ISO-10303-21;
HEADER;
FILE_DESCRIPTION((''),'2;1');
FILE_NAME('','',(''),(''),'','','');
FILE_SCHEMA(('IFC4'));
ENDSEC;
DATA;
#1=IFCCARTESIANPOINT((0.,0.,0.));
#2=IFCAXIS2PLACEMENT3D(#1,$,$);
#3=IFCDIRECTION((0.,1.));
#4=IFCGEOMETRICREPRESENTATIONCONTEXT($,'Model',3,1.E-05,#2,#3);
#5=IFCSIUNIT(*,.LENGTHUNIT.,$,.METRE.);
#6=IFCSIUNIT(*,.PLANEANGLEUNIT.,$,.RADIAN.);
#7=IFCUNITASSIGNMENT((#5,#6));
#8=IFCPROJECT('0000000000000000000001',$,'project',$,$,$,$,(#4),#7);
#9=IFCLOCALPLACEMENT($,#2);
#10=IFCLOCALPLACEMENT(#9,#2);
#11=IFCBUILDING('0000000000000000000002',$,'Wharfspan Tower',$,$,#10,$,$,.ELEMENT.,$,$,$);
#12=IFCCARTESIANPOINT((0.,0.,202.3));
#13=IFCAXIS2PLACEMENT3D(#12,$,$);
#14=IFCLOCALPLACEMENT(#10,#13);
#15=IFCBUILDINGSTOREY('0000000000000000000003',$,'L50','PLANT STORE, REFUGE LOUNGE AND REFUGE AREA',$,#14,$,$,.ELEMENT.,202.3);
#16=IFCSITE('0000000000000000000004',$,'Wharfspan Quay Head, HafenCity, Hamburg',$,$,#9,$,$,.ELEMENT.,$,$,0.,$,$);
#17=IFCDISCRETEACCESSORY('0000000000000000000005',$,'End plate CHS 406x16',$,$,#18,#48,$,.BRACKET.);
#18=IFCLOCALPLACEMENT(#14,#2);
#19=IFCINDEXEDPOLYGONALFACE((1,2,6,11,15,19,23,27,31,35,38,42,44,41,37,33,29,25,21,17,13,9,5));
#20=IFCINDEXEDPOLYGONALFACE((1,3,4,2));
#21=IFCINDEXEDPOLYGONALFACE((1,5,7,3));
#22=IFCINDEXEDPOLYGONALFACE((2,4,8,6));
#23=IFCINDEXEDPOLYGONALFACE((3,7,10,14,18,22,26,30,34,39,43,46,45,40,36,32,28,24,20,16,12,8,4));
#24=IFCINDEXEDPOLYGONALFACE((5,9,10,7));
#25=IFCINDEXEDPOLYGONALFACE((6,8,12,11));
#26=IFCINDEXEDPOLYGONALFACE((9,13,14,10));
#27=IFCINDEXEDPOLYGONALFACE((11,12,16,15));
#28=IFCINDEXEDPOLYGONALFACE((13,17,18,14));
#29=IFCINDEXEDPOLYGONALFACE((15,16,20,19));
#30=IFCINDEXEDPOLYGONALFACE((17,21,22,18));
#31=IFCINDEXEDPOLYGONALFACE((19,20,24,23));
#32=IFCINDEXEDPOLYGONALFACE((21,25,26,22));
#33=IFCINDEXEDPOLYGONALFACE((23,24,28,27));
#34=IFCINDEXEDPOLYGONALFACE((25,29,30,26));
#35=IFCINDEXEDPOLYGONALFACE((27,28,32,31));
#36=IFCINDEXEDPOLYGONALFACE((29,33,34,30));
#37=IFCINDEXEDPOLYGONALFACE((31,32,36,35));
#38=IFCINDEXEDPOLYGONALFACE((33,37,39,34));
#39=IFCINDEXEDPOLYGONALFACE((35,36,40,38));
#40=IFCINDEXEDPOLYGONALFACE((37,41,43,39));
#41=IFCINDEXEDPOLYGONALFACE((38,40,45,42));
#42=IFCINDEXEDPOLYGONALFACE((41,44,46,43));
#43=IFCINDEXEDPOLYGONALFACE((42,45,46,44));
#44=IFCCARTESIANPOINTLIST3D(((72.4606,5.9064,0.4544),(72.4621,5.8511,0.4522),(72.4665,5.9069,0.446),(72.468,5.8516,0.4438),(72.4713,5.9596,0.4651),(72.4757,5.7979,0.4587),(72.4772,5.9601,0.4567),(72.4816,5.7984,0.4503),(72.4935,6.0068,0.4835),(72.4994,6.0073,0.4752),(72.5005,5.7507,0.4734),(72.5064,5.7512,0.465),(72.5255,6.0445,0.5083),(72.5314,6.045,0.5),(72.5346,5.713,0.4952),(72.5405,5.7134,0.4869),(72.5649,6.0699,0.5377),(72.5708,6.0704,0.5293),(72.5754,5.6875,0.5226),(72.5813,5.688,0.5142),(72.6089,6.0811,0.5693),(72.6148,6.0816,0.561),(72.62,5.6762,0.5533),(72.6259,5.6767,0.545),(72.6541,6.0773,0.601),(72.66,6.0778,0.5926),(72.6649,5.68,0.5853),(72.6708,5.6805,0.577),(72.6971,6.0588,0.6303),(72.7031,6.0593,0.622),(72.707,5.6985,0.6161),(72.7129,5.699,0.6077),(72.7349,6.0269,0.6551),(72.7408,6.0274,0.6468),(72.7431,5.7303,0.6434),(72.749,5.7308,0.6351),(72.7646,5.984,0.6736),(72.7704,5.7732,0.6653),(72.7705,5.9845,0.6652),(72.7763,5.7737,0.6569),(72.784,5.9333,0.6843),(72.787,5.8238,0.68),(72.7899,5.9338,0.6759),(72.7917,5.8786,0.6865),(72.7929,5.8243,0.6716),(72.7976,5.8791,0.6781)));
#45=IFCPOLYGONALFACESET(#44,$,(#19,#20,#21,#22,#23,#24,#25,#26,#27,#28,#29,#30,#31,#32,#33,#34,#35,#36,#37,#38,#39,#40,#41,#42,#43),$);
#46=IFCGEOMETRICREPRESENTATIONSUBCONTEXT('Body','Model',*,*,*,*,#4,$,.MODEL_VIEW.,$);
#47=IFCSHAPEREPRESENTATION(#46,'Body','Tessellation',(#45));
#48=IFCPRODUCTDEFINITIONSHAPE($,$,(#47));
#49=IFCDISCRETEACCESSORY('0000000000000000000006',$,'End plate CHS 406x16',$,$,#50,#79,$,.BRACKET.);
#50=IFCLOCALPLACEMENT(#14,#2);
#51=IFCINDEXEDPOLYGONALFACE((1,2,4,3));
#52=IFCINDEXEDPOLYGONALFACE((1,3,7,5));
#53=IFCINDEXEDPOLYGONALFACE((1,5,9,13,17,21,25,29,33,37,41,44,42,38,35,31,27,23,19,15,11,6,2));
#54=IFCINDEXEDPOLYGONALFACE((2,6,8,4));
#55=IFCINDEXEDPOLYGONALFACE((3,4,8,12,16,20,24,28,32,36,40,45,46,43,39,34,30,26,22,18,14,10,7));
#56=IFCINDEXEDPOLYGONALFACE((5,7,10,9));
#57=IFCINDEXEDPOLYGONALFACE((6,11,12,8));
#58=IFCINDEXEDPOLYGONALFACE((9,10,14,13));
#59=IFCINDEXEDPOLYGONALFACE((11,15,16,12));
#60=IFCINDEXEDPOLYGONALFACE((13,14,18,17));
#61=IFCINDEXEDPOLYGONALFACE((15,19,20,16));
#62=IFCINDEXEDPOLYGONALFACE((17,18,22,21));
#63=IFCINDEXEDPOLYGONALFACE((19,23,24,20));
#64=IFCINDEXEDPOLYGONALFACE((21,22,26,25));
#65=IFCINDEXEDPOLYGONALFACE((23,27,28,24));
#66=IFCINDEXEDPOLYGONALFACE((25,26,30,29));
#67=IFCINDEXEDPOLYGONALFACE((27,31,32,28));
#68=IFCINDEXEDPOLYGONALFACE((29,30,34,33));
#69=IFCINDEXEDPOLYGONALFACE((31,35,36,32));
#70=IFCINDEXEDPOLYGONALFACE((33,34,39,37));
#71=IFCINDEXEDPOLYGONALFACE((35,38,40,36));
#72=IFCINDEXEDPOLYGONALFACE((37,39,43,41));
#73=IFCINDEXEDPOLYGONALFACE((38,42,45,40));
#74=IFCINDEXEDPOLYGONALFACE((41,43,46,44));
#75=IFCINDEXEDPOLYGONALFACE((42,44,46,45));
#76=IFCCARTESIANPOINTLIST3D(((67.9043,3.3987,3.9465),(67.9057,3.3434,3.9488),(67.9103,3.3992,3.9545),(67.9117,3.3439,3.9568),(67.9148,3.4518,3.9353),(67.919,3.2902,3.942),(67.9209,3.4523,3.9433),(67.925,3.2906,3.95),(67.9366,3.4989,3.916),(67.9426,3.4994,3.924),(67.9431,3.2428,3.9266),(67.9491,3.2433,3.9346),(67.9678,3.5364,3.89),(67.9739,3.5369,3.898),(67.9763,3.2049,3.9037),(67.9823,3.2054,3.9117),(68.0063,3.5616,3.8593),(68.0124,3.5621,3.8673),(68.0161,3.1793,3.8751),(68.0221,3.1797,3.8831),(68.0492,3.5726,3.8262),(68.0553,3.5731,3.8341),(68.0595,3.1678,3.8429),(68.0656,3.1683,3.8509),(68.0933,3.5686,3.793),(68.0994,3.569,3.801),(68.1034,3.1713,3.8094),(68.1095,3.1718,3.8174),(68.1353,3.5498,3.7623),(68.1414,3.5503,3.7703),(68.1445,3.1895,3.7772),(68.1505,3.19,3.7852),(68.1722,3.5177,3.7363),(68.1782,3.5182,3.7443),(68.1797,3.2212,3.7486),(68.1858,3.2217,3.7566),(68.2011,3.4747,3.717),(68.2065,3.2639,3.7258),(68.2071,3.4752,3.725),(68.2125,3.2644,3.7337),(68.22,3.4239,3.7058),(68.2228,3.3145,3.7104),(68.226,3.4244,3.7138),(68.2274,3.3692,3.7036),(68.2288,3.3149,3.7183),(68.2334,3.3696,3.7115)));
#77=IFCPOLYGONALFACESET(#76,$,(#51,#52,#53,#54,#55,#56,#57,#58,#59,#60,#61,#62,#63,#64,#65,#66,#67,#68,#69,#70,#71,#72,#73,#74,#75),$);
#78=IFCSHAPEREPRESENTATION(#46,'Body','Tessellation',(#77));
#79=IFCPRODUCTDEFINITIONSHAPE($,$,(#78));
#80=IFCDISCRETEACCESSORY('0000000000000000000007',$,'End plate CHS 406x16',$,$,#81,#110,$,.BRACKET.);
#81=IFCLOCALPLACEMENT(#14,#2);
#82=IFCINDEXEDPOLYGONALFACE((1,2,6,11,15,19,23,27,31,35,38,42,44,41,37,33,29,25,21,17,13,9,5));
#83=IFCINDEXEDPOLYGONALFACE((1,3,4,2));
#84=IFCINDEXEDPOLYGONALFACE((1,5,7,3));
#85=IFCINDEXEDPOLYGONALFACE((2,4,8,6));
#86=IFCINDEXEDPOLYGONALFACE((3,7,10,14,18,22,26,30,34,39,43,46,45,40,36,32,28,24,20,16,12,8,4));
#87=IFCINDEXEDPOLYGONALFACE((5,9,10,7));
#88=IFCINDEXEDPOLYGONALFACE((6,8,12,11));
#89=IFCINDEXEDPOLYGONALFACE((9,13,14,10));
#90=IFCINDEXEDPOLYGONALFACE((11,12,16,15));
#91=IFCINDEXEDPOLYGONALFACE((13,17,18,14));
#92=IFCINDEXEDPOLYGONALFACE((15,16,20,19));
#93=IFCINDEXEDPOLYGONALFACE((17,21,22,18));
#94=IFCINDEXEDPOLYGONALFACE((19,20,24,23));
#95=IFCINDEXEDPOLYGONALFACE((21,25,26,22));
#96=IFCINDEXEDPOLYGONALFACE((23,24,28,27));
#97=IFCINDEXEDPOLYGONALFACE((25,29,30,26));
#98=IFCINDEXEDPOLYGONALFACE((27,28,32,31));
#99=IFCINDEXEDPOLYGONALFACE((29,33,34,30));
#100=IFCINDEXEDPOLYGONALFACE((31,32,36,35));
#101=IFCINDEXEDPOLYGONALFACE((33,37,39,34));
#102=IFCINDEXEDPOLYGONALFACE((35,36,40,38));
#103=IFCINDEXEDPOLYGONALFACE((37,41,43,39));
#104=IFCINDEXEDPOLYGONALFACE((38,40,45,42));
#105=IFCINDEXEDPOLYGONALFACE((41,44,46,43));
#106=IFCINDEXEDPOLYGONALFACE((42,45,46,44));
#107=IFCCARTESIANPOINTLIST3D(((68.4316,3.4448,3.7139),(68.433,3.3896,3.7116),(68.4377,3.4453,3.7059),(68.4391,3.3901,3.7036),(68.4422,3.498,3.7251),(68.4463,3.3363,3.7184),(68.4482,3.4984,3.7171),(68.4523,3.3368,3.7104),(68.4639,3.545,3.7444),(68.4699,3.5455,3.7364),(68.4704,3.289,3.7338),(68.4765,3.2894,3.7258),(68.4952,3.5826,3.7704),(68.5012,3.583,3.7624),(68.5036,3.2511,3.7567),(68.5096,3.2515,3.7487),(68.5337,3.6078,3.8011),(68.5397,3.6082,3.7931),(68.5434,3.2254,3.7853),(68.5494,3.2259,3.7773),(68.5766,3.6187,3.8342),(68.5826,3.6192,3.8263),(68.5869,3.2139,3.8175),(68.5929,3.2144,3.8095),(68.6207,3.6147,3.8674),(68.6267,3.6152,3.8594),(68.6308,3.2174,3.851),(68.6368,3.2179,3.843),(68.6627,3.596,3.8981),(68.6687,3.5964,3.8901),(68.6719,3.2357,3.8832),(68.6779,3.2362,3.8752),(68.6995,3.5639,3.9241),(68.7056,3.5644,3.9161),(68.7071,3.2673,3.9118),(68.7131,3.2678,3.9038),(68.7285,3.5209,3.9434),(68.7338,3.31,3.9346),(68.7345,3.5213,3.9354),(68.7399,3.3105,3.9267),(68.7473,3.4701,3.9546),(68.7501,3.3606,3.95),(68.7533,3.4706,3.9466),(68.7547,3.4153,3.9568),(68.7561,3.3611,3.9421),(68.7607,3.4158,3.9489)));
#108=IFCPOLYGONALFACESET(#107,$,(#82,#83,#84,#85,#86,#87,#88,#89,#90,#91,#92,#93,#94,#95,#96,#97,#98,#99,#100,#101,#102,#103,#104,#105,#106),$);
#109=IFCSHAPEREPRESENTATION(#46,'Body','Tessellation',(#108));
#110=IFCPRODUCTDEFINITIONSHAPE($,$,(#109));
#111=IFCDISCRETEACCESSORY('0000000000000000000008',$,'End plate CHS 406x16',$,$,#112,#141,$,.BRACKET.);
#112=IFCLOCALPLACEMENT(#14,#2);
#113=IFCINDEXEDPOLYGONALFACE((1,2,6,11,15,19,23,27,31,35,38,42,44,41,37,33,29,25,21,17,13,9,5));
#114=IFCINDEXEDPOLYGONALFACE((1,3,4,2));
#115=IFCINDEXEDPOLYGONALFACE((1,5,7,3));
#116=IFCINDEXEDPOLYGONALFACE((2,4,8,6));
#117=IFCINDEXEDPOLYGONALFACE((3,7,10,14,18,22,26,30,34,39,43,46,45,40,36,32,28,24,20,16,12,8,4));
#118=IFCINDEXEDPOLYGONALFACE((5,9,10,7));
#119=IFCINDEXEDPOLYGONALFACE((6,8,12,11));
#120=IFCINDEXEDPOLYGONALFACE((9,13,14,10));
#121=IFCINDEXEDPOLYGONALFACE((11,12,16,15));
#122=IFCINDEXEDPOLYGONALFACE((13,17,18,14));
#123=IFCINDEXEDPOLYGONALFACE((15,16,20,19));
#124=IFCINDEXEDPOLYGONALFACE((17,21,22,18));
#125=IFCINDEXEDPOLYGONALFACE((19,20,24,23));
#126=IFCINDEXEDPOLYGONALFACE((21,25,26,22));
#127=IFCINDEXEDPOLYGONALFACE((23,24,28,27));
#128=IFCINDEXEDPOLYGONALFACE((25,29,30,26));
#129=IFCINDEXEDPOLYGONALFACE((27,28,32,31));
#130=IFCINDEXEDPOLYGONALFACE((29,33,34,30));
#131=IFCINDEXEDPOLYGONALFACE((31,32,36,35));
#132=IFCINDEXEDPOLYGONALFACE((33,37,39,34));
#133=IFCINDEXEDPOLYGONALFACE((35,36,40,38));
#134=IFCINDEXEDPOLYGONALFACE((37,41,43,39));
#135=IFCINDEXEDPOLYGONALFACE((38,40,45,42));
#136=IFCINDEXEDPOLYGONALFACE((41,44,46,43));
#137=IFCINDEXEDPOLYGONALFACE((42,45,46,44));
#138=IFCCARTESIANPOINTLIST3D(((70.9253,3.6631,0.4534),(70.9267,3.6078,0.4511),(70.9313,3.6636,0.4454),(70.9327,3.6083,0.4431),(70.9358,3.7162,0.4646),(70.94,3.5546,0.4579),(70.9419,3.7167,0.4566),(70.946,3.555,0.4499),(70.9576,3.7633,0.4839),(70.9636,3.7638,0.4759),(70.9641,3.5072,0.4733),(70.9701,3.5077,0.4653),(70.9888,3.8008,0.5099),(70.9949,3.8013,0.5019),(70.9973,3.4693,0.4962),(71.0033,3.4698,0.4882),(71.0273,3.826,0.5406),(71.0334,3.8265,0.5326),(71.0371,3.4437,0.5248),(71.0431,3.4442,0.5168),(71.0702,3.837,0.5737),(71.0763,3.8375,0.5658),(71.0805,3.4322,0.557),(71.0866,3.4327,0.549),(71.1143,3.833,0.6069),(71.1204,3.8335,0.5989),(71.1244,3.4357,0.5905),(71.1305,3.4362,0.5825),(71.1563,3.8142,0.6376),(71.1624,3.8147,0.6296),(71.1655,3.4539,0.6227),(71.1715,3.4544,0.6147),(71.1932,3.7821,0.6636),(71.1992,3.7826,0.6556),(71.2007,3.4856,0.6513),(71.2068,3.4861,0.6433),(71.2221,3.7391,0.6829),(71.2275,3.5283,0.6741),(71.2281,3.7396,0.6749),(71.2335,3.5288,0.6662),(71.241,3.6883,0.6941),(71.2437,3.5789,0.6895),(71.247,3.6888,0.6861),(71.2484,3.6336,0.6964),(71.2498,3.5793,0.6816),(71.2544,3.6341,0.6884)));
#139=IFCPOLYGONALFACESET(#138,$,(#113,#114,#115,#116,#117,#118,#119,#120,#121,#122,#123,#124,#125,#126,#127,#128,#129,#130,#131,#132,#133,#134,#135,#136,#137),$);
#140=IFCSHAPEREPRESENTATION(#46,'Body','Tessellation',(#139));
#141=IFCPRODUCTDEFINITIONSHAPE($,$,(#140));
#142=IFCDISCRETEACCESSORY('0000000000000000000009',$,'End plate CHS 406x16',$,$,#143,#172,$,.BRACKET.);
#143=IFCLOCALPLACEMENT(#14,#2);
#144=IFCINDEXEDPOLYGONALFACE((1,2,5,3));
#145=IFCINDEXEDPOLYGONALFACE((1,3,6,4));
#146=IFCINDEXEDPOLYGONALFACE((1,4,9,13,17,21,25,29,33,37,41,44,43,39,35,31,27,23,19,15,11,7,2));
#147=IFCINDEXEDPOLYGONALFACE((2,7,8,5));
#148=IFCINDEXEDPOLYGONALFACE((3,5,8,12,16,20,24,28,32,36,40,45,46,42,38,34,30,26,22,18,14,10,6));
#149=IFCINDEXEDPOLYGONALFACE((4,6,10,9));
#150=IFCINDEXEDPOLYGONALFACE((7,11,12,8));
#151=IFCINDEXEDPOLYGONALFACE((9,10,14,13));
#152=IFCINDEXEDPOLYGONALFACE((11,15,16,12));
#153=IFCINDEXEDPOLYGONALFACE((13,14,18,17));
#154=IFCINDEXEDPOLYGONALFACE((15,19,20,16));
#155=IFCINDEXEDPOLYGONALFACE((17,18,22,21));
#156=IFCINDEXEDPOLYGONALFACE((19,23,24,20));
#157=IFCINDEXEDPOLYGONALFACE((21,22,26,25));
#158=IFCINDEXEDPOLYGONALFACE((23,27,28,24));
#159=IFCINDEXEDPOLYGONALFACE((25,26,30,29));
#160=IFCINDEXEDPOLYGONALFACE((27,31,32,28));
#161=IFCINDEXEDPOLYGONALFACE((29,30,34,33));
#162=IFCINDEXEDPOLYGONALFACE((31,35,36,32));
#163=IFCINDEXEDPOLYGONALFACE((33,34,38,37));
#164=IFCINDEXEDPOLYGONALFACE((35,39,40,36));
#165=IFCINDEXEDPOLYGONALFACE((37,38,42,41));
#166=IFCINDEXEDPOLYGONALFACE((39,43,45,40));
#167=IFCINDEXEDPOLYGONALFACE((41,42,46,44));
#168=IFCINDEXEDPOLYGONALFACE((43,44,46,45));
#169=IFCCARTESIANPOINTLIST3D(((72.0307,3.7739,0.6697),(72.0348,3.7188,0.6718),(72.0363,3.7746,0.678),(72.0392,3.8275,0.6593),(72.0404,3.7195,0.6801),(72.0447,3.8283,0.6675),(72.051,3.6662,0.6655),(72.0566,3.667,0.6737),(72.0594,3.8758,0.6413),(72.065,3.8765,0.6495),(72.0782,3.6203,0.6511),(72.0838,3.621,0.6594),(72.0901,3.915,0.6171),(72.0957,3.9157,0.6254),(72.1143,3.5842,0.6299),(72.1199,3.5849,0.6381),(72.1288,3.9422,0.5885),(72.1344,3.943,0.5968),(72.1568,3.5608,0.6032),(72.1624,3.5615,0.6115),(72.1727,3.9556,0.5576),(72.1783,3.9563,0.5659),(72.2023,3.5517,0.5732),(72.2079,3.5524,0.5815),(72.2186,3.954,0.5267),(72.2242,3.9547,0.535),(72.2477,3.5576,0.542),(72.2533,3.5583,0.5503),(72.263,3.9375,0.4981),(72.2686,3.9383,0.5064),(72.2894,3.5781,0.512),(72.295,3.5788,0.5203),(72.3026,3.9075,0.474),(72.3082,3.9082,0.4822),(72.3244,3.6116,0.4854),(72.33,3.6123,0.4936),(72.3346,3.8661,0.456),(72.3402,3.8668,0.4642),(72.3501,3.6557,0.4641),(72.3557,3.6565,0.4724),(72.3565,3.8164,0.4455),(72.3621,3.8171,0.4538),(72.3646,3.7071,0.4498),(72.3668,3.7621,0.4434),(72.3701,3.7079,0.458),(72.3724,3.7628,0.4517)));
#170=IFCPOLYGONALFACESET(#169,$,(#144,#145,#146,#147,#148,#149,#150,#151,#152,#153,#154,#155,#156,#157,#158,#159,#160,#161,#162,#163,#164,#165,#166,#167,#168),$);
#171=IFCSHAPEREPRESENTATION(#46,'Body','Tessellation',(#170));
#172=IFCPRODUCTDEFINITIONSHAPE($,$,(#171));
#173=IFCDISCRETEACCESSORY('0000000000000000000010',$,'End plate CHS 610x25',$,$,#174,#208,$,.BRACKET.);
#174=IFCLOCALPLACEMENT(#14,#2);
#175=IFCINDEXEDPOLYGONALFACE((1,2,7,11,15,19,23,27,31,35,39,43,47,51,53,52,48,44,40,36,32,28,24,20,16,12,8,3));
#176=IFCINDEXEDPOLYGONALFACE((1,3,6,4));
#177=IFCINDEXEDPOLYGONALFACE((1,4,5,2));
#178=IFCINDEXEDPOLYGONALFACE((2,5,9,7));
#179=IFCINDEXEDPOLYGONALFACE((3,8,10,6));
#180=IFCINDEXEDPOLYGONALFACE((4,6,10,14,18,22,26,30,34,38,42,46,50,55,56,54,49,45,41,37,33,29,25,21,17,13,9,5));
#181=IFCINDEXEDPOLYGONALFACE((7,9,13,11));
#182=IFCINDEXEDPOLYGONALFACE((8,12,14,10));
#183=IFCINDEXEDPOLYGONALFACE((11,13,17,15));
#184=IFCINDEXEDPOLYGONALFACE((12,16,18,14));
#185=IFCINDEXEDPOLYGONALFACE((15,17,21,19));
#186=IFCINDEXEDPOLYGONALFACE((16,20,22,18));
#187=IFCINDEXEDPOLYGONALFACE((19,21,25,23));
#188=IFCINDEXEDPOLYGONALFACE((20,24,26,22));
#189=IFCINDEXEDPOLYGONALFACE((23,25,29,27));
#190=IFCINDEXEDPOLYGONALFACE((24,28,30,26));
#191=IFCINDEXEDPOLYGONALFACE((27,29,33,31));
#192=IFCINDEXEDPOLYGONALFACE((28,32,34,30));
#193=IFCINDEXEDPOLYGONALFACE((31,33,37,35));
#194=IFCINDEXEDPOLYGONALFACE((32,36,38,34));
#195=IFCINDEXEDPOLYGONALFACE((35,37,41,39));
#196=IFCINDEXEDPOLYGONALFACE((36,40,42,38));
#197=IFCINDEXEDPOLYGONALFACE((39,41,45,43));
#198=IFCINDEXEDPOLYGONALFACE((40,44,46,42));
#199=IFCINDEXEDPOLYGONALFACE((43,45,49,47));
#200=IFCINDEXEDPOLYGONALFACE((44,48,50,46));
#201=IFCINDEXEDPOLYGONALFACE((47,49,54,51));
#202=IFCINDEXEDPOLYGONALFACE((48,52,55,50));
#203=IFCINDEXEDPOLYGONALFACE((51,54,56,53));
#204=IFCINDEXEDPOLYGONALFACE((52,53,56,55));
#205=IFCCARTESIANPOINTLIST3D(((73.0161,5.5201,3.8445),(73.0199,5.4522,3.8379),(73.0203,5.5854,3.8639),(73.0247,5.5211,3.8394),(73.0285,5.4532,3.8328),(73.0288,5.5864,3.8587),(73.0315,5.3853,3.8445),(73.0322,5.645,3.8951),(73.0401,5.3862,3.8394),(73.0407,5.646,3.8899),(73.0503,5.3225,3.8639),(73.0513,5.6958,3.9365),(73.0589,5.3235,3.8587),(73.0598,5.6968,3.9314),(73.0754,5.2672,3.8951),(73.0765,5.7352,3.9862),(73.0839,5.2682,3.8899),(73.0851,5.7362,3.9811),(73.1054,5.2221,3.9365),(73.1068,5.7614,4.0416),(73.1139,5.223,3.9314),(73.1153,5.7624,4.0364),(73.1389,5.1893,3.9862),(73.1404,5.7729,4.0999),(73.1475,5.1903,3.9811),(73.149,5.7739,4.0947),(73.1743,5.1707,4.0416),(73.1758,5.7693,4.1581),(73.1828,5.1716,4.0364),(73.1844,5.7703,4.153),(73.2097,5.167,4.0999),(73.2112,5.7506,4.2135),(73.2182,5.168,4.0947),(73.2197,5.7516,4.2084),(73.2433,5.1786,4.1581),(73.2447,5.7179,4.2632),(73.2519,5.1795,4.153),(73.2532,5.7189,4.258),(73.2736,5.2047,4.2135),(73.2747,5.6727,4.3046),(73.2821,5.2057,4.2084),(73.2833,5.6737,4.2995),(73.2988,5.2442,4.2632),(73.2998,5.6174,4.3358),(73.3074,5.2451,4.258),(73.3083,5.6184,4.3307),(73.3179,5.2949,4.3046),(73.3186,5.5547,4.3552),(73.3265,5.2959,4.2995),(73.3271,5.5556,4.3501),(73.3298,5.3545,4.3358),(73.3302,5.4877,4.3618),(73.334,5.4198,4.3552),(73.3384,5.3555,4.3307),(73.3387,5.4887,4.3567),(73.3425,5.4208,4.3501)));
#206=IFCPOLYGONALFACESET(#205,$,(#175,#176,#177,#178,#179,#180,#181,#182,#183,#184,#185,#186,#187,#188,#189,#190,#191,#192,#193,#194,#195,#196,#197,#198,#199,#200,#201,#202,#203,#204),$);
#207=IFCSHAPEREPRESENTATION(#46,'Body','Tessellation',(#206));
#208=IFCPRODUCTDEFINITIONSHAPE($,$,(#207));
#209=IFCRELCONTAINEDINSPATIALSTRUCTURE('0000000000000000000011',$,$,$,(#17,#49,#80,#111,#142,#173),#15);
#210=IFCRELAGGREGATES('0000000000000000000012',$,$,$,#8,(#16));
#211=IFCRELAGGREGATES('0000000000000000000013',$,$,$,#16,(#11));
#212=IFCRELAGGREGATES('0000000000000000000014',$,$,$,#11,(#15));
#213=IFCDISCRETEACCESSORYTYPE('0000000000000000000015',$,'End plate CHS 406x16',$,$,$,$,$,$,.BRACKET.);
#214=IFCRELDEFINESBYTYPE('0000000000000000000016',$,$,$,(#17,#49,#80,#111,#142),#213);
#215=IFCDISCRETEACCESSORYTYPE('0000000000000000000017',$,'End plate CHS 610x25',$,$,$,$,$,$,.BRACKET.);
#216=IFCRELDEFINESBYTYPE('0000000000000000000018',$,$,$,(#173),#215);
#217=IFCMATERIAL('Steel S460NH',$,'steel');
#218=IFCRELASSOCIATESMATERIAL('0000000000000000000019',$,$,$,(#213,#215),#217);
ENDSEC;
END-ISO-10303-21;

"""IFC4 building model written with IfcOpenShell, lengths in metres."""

from ifc_helpers import new_model, si_unit, direction, frame, origin, origin_2d, place, context, subcontext, project, spatial, circle, extrude, material, material_profile, profile_set, type_object, element, save


model = new_model("IFC4")

# Units and contexts
model_context = context("Model", 3, precision=1e-05, world=origin(), true_north=direction((0.0, 1.0)))
body_context = subcontext(model_context, "Body", "Model", "MODEL_VIEW")
ifc_project = project(units=[si_unit("LENGTHUNIT", "METRE"), si_unit("PLANEANGLEUNIT", "RADIAN")], contexts=[model_context])

# Site, building, storey
site_placement = place(None, origin())
site = spatial("IfcSite", under=ifc_project, at=site_placement, Name="Wharfspan Quay Head, HafenCity, Hamburg", CompositionType="ELEMENT", RefElevation=0.0)
building_placement = place(site_placement, origin())
building = spatial("IfcBuilding", under=site, at=building_placement, Name="Wharfspan Tower", CompositionType="ELEMENT")
storey_placement = place(building_placement, frame((0.0, 0.0, 202.3)))
storey = spatial("IfcBuildingStorey", under=building, at=storey_placement, Name="L50", Description="PLANT STORE, REFUGE LOUNGE AND REFUGE AREA", CompositionType="ELEMENT", Elevation=202.3)

# Shared definitions
ifc_material_1 = material(Name="Steel S460NH", Category="steel")

# Discrete accessories
ifc_material_profile_1 = material_profile(ifc_material_1, circle(Radius=0.2031, at=origin_2d()))
ifc_profile_set_1 = profile_set([ifc_material_profile_1], Name="Steel S460NH")
discrete_accessory_type_1 = type_object("IfcDiscreteAccessoryType", Name="End plate CHS 406x16", PredefinedType="BRACKET", material=ifc_profile_set_1)
for number, where, z_axis, x_axis, name in (
    (1, (72.6257, 5.8787, 0.5693), (0.576018, 0.048002, -0.816026), (-0.083046, 0.996542, 0.0), "End plate CHS 406x16"),
):
    element("IfcDiscreteAccessory", number, at=place(storey_placement, frame(where, z_axis=z_axis, x_axis=x_axis)), inside=storey, type_object=discrete_accessory_type_1, Name=name, PredefinedType="BRACKET", context=body_context, shape_type="SweptSolid", body=[
        extrude(circle(Radius=0.2031, at=origin_2d()), origin(), (0.0, 0.0, 1.0), 0.0103),
    ])
for number, where, z_axis, x_axis, name in (
    (2, (68.0654, 3.3701, 3.8262), (0.603154, 0.048252, 0.796164), (-0.079745, 0.996819, 0.0), "End plate CHS 406x16"),
    (3, (68.5928, 3.4163, 3.8342), (0.603154, 0.048252, -0.796164), (-0.079745, 0.996819, 0.0), "End plate CHS 406x16"),
    (4, (71.0864, 3.6345, 0.5737), (0.603154, 0.048252, -0.796164), (-0.079745, 0.996819, 0.0), "End plate CHS 406x16"),
    (5, (72.199, 3.7542, 0.5576), (0.558819, 0.072889, 0.82608), (-0.129337, 0.991601, -0.000001), "End plate CHS 406x16"),
):
    element("IfcDiscreteAccessory", number, at=place(storey_placement, frame(where, z_axis=z_axis, x_axis=x_axis)), inside=storey, type_object=discrete_accessory_type_1, Name=name, PredefinedType="BRACKET", context=body_context, shape_type="SweptSolid", body=[
        extrude(circle(Radius=0.2031, at=origin_2d()), origin(), (0.0, 0.0, 1.0), 0.01),
    ])
ifc_material_profile_2 = material_profile(ifc_material_1, circle(Radius=0.3049, at=origin_2d()))
ifc_profile_set_2 = profile_set([ifc_material_profile_2], Name="Steel S460NH")
discrete_accessory_type_2 = type_object("IfcDiscreteAccessoryType", Name="End plate CHS 610x25", PredefinedType="BRACKET", material=ifc_profile_set_2)
for number, where, z_axis, x_axis, name in (
    (6, (73.1836, 5.4709, 4.0947), (-0.853405, -0.097532, 0.512043), (0.113547, -0.993531, 0.000001), "End plate CHS 610x25"),
):
    element("IfcDiscreteAccessory", number, at=place(storey_placement, frame(where, z_axis=z_axis, x_axis=x_axis)), inside=storey, type_object=discrete_accessory_type_2, Name=name, PredefinedType="BRACKET", context=body_context, shape_type="SweptSolid", body=[
        extrude(circle(Radius=0.3049, at=origin_2d()), origin(), (0.0, 0.0, 1.0), 0.01),
    ])

save(model, "model.ifc")
